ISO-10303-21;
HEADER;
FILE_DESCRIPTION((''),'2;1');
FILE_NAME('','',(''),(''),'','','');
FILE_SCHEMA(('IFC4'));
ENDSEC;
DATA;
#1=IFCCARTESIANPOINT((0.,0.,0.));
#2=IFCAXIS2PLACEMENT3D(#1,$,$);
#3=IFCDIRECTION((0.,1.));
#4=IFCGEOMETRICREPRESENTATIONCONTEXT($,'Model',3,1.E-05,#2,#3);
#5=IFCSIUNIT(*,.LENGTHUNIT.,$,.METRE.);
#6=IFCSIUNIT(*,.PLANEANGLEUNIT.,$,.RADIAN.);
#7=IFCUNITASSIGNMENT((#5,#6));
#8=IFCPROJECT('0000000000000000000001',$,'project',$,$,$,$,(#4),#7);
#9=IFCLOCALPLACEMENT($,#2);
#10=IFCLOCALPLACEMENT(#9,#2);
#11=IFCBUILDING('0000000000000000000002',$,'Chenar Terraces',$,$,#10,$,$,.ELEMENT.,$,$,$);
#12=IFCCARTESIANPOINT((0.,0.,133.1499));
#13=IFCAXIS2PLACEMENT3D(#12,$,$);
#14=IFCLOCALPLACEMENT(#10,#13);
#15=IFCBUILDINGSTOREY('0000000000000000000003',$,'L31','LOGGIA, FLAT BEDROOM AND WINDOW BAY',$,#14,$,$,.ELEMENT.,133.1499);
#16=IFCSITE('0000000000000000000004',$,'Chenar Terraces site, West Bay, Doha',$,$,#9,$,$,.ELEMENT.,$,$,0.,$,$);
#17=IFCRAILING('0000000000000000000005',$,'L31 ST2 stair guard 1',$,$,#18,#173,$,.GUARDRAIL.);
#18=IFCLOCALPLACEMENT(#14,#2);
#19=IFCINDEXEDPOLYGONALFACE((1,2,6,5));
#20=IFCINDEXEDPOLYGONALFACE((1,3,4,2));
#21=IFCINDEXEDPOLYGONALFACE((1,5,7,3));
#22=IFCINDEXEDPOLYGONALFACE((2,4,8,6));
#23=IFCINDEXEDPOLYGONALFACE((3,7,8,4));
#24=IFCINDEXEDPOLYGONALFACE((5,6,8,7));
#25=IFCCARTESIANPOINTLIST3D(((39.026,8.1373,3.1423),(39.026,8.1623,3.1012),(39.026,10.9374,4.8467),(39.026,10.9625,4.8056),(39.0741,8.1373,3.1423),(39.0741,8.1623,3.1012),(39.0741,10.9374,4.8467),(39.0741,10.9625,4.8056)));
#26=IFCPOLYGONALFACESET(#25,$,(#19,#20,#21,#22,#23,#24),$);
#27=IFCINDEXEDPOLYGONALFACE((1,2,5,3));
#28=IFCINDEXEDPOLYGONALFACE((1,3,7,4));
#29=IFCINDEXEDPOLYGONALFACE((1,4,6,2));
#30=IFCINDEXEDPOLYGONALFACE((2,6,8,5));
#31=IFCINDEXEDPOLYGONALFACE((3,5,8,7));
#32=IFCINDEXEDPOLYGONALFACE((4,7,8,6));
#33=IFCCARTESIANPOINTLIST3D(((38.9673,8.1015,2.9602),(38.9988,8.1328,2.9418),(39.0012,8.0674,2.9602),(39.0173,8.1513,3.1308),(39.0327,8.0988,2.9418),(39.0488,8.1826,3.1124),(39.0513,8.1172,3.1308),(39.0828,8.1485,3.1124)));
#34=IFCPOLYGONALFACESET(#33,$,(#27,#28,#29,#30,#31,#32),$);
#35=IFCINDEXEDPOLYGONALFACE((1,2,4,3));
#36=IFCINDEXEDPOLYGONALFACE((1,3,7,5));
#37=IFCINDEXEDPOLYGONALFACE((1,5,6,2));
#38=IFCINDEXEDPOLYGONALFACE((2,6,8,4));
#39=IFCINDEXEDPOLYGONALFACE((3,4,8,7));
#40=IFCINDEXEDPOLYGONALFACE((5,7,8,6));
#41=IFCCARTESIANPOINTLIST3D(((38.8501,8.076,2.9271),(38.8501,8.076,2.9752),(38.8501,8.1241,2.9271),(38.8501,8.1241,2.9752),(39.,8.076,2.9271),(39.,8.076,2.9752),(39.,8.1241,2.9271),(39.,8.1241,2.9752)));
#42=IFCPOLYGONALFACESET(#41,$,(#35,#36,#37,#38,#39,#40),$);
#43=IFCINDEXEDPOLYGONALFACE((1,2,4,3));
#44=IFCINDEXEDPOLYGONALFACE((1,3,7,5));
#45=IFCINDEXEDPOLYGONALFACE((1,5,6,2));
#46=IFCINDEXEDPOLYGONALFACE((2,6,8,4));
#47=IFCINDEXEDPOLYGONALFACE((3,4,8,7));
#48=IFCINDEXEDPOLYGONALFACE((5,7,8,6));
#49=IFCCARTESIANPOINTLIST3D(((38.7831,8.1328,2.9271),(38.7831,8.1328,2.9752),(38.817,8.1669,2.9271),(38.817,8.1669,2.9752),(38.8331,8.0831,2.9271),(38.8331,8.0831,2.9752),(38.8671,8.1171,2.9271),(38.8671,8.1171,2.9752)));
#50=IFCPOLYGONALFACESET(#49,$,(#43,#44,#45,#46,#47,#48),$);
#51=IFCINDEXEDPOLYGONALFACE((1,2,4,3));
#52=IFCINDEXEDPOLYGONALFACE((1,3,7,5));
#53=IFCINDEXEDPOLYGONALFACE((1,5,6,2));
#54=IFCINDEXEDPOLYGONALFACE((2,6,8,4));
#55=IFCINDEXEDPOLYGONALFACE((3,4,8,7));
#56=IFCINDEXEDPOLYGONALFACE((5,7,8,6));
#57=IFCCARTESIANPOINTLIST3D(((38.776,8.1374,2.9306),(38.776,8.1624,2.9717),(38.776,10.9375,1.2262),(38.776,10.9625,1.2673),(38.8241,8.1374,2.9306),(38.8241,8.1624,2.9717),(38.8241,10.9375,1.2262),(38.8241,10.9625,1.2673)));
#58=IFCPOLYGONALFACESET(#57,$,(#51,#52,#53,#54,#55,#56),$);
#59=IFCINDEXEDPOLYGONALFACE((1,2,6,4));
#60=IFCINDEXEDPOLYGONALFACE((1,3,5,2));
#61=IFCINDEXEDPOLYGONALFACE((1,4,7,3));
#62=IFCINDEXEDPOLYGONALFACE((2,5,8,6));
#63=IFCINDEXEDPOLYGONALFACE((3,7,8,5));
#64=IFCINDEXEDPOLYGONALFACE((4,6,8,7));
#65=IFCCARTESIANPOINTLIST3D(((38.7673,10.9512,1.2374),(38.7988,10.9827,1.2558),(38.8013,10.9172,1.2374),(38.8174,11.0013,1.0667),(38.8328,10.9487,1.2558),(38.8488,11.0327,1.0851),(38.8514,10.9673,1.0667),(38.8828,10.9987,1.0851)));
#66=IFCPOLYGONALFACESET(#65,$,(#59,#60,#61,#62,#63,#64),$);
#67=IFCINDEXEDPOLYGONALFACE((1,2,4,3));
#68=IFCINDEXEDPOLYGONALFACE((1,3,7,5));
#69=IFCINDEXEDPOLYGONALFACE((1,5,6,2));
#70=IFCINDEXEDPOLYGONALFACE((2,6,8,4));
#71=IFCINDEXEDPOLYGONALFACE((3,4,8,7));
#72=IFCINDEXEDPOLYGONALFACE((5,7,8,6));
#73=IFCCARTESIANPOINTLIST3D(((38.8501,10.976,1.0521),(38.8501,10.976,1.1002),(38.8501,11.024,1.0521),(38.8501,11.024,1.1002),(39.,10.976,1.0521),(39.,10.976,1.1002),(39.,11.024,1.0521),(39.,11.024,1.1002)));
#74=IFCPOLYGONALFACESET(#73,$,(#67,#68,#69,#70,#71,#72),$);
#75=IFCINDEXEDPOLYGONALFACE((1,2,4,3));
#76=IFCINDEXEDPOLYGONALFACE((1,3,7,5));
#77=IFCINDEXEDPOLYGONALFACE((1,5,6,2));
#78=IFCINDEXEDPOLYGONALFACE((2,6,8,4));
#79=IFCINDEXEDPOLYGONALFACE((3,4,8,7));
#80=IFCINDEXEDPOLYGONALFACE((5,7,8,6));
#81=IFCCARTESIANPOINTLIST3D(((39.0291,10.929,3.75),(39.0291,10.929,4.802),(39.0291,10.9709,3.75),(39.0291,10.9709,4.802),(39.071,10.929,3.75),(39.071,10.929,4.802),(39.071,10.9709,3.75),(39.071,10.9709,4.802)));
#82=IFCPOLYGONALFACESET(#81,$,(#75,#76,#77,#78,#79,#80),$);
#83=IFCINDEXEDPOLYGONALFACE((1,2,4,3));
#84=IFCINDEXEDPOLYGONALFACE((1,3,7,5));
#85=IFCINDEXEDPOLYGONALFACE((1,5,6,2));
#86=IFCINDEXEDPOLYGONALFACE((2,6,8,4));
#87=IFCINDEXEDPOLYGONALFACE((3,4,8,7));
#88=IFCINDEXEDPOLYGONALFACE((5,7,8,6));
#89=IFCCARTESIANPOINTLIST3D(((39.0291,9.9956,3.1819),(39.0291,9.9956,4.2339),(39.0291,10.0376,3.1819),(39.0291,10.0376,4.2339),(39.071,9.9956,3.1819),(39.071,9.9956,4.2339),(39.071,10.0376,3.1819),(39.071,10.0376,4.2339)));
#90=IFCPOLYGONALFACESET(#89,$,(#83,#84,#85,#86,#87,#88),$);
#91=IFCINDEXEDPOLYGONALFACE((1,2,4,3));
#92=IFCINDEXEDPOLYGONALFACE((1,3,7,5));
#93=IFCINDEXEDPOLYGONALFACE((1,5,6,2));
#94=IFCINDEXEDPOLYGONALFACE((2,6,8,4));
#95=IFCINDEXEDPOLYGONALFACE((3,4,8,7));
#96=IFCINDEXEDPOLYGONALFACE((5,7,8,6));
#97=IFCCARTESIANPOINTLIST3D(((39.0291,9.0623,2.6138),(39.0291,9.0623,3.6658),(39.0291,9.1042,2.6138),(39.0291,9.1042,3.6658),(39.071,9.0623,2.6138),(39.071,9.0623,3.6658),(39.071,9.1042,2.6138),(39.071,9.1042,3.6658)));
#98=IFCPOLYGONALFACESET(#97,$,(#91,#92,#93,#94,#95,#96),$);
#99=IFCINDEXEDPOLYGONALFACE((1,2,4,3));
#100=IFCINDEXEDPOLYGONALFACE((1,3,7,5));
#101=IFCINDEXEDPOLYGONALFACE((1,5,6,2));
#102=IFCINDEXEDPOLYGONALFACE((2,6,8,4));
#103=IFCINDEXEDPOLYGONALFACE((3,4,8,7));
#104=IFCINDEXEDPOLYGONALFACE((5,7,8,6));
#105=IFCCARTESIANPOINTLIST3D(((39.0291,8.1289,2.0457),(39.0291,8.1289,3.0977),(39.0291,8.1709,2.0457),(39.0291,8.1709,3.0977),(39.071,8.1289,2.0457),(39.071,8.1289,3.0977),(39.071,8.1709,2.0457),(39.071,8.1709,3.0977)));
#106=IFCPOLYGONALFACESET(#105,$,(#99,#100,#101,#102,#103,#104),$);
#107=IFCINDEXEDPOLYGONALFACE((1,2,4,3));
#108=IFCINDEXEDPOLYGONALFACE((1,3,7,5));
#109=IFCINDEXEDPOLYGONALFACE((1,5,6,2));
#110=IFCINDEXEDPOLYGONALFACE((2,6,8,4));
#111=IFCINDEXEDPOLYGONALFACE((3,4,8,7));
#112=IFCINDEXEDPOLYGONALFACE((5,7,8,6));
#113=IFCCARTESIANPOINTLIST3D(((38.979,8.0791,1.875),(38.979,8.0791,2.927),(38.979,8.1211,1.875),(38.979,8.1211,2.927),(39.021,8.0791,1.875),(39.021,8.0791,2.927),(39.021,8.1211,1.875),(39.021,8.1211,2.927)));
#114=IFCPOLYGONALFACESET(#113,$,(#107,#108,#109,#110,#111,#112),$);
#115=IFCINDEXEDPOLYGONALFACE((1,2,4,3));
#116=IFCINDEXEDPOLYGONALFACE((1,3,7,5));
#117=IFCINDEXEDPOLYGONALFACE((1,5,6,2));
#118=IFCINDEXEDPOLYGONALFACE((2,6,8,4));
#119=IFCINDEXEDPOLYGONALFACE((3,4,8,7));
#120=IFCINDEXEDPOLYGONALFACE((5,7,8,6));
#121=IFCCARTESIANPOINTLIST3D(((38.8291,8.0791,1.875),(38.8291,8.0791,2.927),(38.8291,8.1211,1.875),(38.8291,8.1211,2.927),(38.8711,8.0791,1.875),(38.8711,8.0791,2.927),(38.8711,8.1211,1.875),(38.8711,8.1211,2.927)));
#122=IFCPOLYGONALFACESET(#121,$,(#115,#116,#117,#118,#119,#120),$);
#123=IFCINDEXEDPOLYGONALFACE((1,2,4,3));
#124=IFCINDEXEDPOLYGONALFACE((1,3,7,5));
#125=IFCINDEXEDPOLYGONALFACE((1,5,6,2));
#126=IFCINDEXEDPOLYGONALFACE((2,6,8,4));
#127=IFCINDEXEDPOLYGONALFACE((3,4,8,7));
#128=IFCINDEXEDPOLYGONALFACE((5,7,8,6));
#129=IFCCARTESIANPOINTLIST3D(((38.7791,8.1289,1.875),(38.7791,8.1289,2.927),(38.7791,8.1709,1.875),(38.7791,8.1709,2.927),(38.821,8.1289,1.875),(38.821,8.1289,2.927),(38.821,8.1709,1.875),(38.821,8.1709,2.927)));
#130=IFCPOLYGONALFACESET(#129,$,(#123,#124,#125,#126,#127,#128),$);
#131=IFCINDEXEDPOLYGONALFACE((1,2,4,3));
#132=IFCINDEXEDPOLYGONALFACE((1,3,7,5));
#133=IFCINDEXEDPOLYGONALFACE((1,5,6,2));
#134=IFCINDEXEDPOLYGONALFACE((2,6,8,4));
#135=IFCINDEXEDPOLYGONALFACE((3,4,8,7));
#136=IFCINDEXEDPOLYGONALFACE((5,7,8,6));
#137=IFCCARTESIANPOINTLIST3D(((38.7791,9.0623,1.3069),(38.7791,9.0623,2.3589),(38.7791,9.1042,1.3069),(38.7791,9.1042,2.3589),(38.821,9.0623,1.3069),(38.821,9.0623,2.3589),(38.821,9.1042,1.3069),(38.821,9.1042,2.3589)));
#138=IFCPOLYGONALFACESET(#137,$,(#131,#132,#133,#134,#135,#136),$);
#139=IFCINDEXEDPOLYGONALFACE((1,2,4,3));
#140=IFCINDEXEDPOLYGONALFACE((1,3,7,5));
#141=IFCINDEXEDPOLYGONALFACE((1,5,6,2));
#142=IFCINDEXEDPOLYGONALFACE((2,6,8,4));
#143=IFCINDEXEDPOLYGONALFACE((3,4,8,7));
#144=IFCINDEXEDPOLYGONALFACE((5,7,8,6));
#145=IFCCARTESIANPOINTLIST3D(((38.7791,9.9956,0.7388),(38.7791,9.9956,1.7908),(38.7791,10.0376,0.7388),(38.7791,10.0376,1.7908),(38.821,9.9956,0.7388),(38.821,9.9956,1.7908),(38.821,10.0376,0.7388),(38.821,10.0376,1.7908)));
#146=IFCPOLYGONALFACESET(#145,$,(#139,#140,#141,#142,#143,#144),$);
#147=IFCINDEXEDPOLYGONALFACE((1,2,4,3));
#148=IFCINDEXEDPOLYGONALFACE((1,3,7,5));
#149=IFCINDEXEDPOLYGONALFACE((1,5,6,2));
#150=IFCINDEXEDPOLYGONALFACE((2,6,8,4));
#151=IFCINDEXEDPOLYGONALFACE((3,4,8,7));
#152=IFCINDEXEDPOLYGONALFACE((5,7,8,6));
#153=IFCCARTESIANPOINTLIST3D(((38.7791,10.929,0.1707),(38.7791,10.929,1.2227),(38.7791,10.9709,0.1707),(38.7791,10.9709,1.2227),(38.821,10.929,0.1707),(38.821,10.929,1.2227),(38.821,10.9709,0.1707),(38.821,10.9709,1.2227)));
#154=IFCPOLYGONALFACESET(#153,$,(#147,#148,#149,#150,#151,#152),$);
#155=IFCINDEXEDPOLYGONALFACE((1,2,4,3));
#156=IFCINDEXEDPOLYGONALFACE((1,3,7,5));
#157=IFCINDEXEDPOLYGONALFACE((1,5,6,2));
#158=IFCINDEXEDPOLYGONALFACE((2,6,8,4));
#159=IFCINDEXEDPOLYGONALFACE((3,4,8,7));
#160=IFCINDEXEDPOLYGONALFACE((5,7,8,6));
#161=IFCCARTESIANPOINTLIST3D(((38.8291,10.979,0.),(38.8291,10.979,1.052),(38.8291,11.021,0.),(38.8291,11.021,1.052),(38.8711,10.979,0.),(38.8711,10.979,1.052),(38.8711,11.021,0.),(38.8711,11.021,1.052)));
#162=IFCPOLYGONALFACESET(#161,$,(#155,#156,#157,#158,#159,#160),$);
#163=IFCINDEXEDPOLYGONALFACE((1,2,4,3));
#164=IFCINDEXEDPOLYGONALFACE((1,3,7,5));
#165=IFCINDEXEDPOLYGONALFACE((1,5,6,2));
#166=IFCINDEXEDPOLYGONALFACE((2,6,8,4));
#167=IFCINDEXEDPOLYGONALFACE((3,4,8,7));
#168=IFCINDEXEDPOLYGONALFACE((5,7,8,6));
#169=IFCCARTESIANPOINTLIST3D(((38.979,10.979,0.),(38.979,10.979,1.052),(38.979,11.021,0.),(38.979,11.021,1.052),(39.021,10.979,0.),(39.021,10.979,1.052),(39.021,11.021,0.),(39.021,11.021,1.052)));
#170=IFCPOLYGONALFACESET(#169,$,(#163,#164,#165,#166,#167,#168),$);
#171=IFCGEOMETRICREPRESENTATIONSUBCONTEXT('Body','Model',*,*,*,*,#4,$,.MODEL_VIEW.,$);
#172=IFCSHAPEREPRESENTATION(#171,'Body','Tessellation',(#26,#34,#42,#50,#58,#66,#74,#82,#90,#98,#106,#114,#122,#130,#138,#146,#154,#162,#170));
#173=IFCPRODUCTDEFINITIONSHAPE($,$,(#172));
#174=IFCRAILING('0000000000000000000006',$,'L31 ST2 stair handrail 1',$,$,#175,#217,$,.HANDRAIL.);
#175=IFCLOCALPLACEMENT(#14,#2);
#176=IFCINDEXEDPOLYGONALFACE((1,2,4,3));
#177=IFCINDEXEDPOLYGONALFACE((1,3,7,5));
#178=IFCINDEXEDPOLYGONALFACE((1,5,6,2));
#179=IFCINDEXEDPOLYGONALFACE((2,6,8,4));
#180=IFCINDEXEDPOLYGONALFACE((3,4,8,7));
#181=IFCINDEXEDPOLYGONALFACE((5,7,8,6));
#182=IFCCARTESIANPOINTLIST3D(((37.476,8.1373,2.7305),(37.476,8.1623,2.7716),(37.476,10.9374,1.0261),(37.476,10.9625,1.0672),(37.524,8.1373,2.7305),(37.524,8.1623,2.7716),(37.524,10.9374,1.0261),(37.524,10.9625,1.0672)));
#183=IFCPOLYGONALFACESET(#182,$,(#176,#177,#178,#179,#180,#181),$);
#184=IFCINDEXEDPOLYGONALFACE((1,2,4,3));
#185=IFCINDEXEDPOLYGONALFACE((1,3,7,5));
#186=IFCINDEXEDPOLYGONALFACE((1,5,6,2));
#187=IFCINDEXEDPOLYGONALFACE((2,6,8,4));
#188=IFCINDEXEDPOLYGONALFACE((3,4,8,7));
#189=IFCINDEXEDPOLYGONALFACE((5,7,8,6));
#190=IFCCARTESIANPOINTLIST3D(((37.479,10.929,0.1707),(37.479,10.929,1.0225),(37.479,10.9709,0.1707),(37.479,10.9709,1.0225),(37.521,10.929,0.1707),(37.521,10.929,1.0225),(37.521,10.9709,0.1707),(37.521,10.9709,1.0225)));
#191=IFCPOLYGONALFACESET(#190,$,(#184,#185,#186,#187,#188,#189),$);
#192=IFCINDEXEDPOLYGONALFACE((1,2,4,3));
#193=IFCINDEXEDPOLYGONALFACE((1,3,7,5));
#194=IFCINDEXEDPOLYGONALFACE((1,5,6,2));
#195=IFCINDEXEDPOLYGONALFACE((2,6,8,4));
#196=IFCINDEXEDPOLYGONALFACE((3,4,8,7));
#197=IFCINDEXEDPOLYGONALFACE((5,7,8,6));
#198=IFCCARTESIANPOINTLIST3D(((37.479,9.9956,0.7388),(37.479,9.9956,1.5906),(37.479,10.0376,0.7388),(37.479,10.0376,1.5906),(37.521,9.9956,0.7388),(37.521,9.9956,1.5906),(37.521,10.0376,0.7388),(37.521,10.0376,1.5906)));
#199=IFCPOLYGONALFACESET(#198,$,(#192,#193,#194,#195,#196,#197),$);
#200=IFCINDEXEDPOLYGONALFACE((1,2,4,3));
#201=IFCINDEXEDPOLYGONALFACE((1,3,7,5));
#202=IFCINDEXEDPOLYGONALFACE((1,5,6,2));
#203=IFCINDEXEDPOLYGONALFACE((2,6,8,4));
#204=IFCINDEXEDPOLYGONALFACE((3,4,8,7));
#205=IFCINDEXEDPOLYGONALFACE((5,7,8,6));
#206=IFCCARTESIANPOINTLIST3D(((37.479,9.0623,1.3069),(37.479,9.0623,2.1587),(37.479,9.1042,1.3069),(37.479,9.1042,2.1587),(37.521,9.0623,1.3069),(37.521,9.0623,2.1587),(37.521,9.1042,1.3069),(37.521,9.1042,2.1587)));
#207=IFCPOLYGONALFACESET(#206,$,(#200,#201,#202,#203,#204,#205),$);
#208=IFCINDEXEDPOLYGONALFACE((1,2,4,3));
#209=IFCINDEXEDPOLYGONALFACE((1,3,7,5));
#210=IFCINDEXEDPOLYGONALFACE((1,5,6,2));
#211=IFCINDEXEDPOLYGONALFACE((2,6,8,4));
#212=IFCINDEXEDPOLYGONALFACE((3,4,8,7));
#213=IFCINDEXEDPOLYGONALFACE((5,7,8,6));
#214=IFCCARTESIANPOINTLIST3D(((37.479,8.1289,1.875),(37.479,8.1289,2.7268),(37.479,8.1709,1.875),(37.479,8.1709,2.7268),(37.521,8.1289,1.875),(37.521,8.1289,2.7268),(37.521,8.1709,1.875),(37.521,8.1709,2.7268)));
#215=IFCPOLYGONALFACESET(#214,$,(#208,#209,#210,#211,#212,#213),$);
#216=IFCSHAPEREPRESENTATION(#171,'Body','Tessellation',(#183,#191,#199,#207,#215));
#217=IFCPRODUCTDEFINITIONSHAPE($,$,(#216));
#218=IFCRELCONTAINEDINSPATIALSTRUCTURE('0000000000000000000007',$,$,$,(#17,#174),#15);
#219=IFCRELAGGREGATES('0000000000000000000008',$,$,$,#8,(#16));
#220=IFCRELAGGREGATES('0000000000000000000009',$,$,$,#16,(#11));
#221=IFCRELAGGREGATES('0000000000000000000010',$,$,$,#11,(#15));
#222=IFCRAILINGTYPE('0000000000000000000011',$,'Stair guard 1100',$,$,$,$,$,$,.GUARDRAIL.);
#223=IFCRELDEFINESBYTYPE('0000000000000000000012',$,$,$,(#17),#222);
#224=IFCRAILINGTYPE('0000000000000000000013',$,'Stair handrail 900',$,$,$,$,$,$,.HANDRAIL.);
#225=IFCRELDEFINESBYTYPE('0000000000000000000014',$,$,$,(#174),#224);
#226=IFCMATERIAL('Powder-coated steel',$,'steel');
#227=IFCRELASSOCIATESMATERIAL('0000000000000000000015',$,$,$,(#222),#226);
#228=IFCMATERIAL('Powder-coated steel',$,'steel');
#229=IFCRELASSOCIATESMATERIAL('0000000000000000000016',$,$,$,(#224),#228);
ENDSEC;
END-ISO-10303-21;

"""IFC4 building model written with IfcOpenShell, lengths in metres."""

from ifc_helpers import new_model, si_unit, direction, frame, origin, origin_2d, place, context, subcontext, project, spatial, rectangle, extrude, material, type_object, element, save


model = new_model("IFC4")

# Units and contexts
model_context = context("Model", 3, precision=1e-05, world=origin(), true_north=direction((0.0, 1.0)))
body_context = subcontext(model_context, "Body", "Model", "MODEL_VIEW")
ifc_project = project(units=[si_unit("LENGTHUNIT", "METRE"), si_unit("PLANEANGLEUNIT", "RADIAN")], contexts=[model_context])

# Site, building, storey
site_placement = place(None, origin())
site = spatial("IfcSite", under=ifc_project, at=site_placement, Name="Chenar Terraces site, West Bay, Doha", CompositionType="ELEMENT", RefElevation=0.0)
building_placement = place(site_placement, origin())
building = spatial("IfcBuilding", under=site, at=building_placement, Name="Chenar Terraces", CompositionType="ELEMENT")
storey_placement = place(building_placement, frame((0.0, 0.0, 133.1499)))
storey = spatial("IfcBuildingStorey", under=building, at=storey_placement, Name="L31", Description="LOGGIA, FLAT BEDROOM AND WINDOW BAY", CompositionType="ELEMENT", Elevation=133.1499)

# Railings
ifc_material_1 = material(Name="Powder-coated steel", Category="steel")
railing_type_1 = type_object("IfcRailingType", Name="Stair guard 1100", PredefinedType="GUARDRAIL", material=ifc_material_1)
railing_1_placement = place(storey_placement, frame((39.05, 10.95, 3.75)))
element("IfcRailing", 1, at=railing_1_placement, inside=storey, type_object=railing_type_1, Name="L31 ST2 stair guard 1", PredefinedType="GUARDRAIL", context=body_context, shape_type="SweptSolid", body=[
    extrude(rectangle(XDim=0.0481, YDim=0.0481, at=origin_2d()), frame((0.0, 0.0, 1.0762), z_axis=(0.0, -0.854203, -0.51994), x_axis=(1.0, 0.0, 0.0)), (0.0, 0.0, 1.0), 3.2781),
    extrude(rectangle(XDim=0.0481, YDim=0.0481, at=origin_2d()), frame((0.0, -2.8, -0.6284), z_axis=(-0.270997, -0.269675, -0.924033), x_axis=(0.705376, -0.708834, 0.0)), (0.0, 0.0, 1.0), 0.1846),
    extrude(rectangle(XDim=0.0481, YDim=0.0481, at=origin_2d()), frame((-0.05, -2.8499, -0.7988), z_axis=(-1.0, 0.0, 0.0), x_axis=(0.0, -1.0, 0.0)), (0.0, 0.0, 1.0), 0.1499),
    extrude(rectangle(XDim=0.0481, YDim=0.0481, at=origin_2d()), frame((-0.2, -2.8499, -0.7988), z_axis=(-0.708834, 0.705376, 0.0), x_axis=(-0.705376, -0.708834, 0.0)), (0.0, 0.0, 1.0), 0.0706),
    extrude(rectangle(XDim=0.0481, YDim=0.0481, at=origin_2d()), frame((-0.25, -2.8, -0.7988), z_axis=(0.0, 0.854203, -0.51994), x_axis=(-1.0, 0.0, 0.0)), (0.0, 0.0, 1.0), 3.2781),
    extrude(rectangle(XDim=0.0481, YDim=0.0481, at=origin_2d()), frame((-0.25, 0.0, -2.5034), z_axis=(0.2709, 0.2709, -0.923703), x_axis=(-0.707107, 0.707107, 0.0)), (0.0, 0.0, 1.0), 0.1848),
    extrude(rectangle(XDim=0.0481, YDim=0.0481, at=origin_2d()), frame((-0.2, 0.05, -2.6738), z_axis=(1.0, 0.0, 0.0), x_axis=(0.0, 1.0, 0.0)), (0.0, 0.0, 1.0), 0.1499),
    extrude(rectangle(XDim=0.042, YDim=0.042, at=origin_2d()), origin(), (0.0, 0.0, 1.0), 1.052),
    extrude(rectangle(XDim=0.042, YDim=0.042, at=origin_2d()), frame((0.0, -0.9333, -0.5681)), (0.0, 0.0, 1.0), 1.052),
    extrude(rectangle(XDim=0.042, YDim=0.042, at=origin_2d()), frame((0.0, -1.8667, -1.1362)), (0.0, 0.0, 1.0), 1.052),
    extrude(rectangle(XDim=0.042, YDim=0.042, at=origin_2d()), frame((0.0, -2.8, -1.7043)), (0.0, 0.0, 1.0), 1.052),
    extrude(rectangle(XDim=0.042, YDim=0.042, at=origin_2d()), frame((-0.05, -2.8499, -1.875)), (0.0, 0.0, 1.0), 1.052),
    extrude(rectangle(XDim=0.042, YDim=0.042, at=origin_2d()), frame((-0.2, -2.8499, -1.875)), (0.0, 0.0, 1.0), 1.052),
    extrude(rectangle(XDim=0.042, YDim=0.042, at=origin_2d()), frame((-0.25, -2.8, -1.875)), (0.0, 0.0, 1.0), 1.052),
    extrude(rectangle(XDim=0.042, YDim=0.042, at=origin_2d()), frame((-0.25, -1.8667, -2.4431)), (0.0, 0.0, 1.0), 1.052),
    extrude(rectangle(XDim=0.042, YDim=0.042, at=origin_2d()), frame((-0.25, -0.9333, -3.0112)), (0.0, 0.0, 1.0), 1.052),
    extrude(rectangle(XDim=0.042, YDim=0.042, at=origin_2d()), frame((-0.25, 0.0, -3.5793)), (0.0, 0.0, 1.0), 1.052),
    extrude(rectangle(XDim=0.042, YDim=0.042, at=origin_2d()), frame((-0.2, 0.05, -3.75)), (0.0, 0.0, 1.0), 1.052),
    extrude(rectangle(XDim=0.042, YDim=0.042, at=origin_2d()), frame((-0.05, 0.05, -3.75)), (0.0, 0.0, 1.0), 1.052),
])
ifc_material_2 = material(Name="Powder-coated steel", Category="steel")
railing_type_2 = type_object("IfcRailingType", Name="Stair handrail 900", PredefinedType="HANDRAIL", material=ifc_material_2)
railing_2_placement = place(storey_placement, frame((37.5, 10.95, 0.1707)))
element("IfcRailing", 2, at=railing_2_placement, inside=storey, type_object=railing_type_2, Name="L31 ST2 stair handrail 1", PredefinedType="HANDRAIL", context=body_context, shape_type="SweptSolid", body=[
    extrude(rectangle(XDim=0.0481, YDim=0.0481, at=origin_2d()), frame((0.0, 0.0, 0.876), z_axis=(0.0, -0.854203, 0.51994), x_axis=(1.0, 0.0, 0.0)), (0.0, 0.0, 1.0), 3.2781),
    extrude(rectangle(XDim=0.042, YDim=0.042, at=origin_2d()), origin(), (0.0, 0.0, 1.0), 0.8518),
    extrude(rectangle(XDim=0.042, YDim=0.042, at=origin_2d()), frame((0.0, -0.9333, 0.5681)), (0.0, 0.0, 1.0), 0.8518),
    extrude(rectangle(XDim=0.042, YDim=0.042, at=origin_2d()), frame((0.0, -1.8667, 1.1362)), (0.0, 0.0, 1.0), 0.8518),
    extrude(rectangle(XDim=0.042, YDim=0.042, at=origin_2d()), frame((0.0, -2.8, 1.7043)), (0.0, 0.0, 1.0), 0.8518),
])

save(model, "model.ifc")
